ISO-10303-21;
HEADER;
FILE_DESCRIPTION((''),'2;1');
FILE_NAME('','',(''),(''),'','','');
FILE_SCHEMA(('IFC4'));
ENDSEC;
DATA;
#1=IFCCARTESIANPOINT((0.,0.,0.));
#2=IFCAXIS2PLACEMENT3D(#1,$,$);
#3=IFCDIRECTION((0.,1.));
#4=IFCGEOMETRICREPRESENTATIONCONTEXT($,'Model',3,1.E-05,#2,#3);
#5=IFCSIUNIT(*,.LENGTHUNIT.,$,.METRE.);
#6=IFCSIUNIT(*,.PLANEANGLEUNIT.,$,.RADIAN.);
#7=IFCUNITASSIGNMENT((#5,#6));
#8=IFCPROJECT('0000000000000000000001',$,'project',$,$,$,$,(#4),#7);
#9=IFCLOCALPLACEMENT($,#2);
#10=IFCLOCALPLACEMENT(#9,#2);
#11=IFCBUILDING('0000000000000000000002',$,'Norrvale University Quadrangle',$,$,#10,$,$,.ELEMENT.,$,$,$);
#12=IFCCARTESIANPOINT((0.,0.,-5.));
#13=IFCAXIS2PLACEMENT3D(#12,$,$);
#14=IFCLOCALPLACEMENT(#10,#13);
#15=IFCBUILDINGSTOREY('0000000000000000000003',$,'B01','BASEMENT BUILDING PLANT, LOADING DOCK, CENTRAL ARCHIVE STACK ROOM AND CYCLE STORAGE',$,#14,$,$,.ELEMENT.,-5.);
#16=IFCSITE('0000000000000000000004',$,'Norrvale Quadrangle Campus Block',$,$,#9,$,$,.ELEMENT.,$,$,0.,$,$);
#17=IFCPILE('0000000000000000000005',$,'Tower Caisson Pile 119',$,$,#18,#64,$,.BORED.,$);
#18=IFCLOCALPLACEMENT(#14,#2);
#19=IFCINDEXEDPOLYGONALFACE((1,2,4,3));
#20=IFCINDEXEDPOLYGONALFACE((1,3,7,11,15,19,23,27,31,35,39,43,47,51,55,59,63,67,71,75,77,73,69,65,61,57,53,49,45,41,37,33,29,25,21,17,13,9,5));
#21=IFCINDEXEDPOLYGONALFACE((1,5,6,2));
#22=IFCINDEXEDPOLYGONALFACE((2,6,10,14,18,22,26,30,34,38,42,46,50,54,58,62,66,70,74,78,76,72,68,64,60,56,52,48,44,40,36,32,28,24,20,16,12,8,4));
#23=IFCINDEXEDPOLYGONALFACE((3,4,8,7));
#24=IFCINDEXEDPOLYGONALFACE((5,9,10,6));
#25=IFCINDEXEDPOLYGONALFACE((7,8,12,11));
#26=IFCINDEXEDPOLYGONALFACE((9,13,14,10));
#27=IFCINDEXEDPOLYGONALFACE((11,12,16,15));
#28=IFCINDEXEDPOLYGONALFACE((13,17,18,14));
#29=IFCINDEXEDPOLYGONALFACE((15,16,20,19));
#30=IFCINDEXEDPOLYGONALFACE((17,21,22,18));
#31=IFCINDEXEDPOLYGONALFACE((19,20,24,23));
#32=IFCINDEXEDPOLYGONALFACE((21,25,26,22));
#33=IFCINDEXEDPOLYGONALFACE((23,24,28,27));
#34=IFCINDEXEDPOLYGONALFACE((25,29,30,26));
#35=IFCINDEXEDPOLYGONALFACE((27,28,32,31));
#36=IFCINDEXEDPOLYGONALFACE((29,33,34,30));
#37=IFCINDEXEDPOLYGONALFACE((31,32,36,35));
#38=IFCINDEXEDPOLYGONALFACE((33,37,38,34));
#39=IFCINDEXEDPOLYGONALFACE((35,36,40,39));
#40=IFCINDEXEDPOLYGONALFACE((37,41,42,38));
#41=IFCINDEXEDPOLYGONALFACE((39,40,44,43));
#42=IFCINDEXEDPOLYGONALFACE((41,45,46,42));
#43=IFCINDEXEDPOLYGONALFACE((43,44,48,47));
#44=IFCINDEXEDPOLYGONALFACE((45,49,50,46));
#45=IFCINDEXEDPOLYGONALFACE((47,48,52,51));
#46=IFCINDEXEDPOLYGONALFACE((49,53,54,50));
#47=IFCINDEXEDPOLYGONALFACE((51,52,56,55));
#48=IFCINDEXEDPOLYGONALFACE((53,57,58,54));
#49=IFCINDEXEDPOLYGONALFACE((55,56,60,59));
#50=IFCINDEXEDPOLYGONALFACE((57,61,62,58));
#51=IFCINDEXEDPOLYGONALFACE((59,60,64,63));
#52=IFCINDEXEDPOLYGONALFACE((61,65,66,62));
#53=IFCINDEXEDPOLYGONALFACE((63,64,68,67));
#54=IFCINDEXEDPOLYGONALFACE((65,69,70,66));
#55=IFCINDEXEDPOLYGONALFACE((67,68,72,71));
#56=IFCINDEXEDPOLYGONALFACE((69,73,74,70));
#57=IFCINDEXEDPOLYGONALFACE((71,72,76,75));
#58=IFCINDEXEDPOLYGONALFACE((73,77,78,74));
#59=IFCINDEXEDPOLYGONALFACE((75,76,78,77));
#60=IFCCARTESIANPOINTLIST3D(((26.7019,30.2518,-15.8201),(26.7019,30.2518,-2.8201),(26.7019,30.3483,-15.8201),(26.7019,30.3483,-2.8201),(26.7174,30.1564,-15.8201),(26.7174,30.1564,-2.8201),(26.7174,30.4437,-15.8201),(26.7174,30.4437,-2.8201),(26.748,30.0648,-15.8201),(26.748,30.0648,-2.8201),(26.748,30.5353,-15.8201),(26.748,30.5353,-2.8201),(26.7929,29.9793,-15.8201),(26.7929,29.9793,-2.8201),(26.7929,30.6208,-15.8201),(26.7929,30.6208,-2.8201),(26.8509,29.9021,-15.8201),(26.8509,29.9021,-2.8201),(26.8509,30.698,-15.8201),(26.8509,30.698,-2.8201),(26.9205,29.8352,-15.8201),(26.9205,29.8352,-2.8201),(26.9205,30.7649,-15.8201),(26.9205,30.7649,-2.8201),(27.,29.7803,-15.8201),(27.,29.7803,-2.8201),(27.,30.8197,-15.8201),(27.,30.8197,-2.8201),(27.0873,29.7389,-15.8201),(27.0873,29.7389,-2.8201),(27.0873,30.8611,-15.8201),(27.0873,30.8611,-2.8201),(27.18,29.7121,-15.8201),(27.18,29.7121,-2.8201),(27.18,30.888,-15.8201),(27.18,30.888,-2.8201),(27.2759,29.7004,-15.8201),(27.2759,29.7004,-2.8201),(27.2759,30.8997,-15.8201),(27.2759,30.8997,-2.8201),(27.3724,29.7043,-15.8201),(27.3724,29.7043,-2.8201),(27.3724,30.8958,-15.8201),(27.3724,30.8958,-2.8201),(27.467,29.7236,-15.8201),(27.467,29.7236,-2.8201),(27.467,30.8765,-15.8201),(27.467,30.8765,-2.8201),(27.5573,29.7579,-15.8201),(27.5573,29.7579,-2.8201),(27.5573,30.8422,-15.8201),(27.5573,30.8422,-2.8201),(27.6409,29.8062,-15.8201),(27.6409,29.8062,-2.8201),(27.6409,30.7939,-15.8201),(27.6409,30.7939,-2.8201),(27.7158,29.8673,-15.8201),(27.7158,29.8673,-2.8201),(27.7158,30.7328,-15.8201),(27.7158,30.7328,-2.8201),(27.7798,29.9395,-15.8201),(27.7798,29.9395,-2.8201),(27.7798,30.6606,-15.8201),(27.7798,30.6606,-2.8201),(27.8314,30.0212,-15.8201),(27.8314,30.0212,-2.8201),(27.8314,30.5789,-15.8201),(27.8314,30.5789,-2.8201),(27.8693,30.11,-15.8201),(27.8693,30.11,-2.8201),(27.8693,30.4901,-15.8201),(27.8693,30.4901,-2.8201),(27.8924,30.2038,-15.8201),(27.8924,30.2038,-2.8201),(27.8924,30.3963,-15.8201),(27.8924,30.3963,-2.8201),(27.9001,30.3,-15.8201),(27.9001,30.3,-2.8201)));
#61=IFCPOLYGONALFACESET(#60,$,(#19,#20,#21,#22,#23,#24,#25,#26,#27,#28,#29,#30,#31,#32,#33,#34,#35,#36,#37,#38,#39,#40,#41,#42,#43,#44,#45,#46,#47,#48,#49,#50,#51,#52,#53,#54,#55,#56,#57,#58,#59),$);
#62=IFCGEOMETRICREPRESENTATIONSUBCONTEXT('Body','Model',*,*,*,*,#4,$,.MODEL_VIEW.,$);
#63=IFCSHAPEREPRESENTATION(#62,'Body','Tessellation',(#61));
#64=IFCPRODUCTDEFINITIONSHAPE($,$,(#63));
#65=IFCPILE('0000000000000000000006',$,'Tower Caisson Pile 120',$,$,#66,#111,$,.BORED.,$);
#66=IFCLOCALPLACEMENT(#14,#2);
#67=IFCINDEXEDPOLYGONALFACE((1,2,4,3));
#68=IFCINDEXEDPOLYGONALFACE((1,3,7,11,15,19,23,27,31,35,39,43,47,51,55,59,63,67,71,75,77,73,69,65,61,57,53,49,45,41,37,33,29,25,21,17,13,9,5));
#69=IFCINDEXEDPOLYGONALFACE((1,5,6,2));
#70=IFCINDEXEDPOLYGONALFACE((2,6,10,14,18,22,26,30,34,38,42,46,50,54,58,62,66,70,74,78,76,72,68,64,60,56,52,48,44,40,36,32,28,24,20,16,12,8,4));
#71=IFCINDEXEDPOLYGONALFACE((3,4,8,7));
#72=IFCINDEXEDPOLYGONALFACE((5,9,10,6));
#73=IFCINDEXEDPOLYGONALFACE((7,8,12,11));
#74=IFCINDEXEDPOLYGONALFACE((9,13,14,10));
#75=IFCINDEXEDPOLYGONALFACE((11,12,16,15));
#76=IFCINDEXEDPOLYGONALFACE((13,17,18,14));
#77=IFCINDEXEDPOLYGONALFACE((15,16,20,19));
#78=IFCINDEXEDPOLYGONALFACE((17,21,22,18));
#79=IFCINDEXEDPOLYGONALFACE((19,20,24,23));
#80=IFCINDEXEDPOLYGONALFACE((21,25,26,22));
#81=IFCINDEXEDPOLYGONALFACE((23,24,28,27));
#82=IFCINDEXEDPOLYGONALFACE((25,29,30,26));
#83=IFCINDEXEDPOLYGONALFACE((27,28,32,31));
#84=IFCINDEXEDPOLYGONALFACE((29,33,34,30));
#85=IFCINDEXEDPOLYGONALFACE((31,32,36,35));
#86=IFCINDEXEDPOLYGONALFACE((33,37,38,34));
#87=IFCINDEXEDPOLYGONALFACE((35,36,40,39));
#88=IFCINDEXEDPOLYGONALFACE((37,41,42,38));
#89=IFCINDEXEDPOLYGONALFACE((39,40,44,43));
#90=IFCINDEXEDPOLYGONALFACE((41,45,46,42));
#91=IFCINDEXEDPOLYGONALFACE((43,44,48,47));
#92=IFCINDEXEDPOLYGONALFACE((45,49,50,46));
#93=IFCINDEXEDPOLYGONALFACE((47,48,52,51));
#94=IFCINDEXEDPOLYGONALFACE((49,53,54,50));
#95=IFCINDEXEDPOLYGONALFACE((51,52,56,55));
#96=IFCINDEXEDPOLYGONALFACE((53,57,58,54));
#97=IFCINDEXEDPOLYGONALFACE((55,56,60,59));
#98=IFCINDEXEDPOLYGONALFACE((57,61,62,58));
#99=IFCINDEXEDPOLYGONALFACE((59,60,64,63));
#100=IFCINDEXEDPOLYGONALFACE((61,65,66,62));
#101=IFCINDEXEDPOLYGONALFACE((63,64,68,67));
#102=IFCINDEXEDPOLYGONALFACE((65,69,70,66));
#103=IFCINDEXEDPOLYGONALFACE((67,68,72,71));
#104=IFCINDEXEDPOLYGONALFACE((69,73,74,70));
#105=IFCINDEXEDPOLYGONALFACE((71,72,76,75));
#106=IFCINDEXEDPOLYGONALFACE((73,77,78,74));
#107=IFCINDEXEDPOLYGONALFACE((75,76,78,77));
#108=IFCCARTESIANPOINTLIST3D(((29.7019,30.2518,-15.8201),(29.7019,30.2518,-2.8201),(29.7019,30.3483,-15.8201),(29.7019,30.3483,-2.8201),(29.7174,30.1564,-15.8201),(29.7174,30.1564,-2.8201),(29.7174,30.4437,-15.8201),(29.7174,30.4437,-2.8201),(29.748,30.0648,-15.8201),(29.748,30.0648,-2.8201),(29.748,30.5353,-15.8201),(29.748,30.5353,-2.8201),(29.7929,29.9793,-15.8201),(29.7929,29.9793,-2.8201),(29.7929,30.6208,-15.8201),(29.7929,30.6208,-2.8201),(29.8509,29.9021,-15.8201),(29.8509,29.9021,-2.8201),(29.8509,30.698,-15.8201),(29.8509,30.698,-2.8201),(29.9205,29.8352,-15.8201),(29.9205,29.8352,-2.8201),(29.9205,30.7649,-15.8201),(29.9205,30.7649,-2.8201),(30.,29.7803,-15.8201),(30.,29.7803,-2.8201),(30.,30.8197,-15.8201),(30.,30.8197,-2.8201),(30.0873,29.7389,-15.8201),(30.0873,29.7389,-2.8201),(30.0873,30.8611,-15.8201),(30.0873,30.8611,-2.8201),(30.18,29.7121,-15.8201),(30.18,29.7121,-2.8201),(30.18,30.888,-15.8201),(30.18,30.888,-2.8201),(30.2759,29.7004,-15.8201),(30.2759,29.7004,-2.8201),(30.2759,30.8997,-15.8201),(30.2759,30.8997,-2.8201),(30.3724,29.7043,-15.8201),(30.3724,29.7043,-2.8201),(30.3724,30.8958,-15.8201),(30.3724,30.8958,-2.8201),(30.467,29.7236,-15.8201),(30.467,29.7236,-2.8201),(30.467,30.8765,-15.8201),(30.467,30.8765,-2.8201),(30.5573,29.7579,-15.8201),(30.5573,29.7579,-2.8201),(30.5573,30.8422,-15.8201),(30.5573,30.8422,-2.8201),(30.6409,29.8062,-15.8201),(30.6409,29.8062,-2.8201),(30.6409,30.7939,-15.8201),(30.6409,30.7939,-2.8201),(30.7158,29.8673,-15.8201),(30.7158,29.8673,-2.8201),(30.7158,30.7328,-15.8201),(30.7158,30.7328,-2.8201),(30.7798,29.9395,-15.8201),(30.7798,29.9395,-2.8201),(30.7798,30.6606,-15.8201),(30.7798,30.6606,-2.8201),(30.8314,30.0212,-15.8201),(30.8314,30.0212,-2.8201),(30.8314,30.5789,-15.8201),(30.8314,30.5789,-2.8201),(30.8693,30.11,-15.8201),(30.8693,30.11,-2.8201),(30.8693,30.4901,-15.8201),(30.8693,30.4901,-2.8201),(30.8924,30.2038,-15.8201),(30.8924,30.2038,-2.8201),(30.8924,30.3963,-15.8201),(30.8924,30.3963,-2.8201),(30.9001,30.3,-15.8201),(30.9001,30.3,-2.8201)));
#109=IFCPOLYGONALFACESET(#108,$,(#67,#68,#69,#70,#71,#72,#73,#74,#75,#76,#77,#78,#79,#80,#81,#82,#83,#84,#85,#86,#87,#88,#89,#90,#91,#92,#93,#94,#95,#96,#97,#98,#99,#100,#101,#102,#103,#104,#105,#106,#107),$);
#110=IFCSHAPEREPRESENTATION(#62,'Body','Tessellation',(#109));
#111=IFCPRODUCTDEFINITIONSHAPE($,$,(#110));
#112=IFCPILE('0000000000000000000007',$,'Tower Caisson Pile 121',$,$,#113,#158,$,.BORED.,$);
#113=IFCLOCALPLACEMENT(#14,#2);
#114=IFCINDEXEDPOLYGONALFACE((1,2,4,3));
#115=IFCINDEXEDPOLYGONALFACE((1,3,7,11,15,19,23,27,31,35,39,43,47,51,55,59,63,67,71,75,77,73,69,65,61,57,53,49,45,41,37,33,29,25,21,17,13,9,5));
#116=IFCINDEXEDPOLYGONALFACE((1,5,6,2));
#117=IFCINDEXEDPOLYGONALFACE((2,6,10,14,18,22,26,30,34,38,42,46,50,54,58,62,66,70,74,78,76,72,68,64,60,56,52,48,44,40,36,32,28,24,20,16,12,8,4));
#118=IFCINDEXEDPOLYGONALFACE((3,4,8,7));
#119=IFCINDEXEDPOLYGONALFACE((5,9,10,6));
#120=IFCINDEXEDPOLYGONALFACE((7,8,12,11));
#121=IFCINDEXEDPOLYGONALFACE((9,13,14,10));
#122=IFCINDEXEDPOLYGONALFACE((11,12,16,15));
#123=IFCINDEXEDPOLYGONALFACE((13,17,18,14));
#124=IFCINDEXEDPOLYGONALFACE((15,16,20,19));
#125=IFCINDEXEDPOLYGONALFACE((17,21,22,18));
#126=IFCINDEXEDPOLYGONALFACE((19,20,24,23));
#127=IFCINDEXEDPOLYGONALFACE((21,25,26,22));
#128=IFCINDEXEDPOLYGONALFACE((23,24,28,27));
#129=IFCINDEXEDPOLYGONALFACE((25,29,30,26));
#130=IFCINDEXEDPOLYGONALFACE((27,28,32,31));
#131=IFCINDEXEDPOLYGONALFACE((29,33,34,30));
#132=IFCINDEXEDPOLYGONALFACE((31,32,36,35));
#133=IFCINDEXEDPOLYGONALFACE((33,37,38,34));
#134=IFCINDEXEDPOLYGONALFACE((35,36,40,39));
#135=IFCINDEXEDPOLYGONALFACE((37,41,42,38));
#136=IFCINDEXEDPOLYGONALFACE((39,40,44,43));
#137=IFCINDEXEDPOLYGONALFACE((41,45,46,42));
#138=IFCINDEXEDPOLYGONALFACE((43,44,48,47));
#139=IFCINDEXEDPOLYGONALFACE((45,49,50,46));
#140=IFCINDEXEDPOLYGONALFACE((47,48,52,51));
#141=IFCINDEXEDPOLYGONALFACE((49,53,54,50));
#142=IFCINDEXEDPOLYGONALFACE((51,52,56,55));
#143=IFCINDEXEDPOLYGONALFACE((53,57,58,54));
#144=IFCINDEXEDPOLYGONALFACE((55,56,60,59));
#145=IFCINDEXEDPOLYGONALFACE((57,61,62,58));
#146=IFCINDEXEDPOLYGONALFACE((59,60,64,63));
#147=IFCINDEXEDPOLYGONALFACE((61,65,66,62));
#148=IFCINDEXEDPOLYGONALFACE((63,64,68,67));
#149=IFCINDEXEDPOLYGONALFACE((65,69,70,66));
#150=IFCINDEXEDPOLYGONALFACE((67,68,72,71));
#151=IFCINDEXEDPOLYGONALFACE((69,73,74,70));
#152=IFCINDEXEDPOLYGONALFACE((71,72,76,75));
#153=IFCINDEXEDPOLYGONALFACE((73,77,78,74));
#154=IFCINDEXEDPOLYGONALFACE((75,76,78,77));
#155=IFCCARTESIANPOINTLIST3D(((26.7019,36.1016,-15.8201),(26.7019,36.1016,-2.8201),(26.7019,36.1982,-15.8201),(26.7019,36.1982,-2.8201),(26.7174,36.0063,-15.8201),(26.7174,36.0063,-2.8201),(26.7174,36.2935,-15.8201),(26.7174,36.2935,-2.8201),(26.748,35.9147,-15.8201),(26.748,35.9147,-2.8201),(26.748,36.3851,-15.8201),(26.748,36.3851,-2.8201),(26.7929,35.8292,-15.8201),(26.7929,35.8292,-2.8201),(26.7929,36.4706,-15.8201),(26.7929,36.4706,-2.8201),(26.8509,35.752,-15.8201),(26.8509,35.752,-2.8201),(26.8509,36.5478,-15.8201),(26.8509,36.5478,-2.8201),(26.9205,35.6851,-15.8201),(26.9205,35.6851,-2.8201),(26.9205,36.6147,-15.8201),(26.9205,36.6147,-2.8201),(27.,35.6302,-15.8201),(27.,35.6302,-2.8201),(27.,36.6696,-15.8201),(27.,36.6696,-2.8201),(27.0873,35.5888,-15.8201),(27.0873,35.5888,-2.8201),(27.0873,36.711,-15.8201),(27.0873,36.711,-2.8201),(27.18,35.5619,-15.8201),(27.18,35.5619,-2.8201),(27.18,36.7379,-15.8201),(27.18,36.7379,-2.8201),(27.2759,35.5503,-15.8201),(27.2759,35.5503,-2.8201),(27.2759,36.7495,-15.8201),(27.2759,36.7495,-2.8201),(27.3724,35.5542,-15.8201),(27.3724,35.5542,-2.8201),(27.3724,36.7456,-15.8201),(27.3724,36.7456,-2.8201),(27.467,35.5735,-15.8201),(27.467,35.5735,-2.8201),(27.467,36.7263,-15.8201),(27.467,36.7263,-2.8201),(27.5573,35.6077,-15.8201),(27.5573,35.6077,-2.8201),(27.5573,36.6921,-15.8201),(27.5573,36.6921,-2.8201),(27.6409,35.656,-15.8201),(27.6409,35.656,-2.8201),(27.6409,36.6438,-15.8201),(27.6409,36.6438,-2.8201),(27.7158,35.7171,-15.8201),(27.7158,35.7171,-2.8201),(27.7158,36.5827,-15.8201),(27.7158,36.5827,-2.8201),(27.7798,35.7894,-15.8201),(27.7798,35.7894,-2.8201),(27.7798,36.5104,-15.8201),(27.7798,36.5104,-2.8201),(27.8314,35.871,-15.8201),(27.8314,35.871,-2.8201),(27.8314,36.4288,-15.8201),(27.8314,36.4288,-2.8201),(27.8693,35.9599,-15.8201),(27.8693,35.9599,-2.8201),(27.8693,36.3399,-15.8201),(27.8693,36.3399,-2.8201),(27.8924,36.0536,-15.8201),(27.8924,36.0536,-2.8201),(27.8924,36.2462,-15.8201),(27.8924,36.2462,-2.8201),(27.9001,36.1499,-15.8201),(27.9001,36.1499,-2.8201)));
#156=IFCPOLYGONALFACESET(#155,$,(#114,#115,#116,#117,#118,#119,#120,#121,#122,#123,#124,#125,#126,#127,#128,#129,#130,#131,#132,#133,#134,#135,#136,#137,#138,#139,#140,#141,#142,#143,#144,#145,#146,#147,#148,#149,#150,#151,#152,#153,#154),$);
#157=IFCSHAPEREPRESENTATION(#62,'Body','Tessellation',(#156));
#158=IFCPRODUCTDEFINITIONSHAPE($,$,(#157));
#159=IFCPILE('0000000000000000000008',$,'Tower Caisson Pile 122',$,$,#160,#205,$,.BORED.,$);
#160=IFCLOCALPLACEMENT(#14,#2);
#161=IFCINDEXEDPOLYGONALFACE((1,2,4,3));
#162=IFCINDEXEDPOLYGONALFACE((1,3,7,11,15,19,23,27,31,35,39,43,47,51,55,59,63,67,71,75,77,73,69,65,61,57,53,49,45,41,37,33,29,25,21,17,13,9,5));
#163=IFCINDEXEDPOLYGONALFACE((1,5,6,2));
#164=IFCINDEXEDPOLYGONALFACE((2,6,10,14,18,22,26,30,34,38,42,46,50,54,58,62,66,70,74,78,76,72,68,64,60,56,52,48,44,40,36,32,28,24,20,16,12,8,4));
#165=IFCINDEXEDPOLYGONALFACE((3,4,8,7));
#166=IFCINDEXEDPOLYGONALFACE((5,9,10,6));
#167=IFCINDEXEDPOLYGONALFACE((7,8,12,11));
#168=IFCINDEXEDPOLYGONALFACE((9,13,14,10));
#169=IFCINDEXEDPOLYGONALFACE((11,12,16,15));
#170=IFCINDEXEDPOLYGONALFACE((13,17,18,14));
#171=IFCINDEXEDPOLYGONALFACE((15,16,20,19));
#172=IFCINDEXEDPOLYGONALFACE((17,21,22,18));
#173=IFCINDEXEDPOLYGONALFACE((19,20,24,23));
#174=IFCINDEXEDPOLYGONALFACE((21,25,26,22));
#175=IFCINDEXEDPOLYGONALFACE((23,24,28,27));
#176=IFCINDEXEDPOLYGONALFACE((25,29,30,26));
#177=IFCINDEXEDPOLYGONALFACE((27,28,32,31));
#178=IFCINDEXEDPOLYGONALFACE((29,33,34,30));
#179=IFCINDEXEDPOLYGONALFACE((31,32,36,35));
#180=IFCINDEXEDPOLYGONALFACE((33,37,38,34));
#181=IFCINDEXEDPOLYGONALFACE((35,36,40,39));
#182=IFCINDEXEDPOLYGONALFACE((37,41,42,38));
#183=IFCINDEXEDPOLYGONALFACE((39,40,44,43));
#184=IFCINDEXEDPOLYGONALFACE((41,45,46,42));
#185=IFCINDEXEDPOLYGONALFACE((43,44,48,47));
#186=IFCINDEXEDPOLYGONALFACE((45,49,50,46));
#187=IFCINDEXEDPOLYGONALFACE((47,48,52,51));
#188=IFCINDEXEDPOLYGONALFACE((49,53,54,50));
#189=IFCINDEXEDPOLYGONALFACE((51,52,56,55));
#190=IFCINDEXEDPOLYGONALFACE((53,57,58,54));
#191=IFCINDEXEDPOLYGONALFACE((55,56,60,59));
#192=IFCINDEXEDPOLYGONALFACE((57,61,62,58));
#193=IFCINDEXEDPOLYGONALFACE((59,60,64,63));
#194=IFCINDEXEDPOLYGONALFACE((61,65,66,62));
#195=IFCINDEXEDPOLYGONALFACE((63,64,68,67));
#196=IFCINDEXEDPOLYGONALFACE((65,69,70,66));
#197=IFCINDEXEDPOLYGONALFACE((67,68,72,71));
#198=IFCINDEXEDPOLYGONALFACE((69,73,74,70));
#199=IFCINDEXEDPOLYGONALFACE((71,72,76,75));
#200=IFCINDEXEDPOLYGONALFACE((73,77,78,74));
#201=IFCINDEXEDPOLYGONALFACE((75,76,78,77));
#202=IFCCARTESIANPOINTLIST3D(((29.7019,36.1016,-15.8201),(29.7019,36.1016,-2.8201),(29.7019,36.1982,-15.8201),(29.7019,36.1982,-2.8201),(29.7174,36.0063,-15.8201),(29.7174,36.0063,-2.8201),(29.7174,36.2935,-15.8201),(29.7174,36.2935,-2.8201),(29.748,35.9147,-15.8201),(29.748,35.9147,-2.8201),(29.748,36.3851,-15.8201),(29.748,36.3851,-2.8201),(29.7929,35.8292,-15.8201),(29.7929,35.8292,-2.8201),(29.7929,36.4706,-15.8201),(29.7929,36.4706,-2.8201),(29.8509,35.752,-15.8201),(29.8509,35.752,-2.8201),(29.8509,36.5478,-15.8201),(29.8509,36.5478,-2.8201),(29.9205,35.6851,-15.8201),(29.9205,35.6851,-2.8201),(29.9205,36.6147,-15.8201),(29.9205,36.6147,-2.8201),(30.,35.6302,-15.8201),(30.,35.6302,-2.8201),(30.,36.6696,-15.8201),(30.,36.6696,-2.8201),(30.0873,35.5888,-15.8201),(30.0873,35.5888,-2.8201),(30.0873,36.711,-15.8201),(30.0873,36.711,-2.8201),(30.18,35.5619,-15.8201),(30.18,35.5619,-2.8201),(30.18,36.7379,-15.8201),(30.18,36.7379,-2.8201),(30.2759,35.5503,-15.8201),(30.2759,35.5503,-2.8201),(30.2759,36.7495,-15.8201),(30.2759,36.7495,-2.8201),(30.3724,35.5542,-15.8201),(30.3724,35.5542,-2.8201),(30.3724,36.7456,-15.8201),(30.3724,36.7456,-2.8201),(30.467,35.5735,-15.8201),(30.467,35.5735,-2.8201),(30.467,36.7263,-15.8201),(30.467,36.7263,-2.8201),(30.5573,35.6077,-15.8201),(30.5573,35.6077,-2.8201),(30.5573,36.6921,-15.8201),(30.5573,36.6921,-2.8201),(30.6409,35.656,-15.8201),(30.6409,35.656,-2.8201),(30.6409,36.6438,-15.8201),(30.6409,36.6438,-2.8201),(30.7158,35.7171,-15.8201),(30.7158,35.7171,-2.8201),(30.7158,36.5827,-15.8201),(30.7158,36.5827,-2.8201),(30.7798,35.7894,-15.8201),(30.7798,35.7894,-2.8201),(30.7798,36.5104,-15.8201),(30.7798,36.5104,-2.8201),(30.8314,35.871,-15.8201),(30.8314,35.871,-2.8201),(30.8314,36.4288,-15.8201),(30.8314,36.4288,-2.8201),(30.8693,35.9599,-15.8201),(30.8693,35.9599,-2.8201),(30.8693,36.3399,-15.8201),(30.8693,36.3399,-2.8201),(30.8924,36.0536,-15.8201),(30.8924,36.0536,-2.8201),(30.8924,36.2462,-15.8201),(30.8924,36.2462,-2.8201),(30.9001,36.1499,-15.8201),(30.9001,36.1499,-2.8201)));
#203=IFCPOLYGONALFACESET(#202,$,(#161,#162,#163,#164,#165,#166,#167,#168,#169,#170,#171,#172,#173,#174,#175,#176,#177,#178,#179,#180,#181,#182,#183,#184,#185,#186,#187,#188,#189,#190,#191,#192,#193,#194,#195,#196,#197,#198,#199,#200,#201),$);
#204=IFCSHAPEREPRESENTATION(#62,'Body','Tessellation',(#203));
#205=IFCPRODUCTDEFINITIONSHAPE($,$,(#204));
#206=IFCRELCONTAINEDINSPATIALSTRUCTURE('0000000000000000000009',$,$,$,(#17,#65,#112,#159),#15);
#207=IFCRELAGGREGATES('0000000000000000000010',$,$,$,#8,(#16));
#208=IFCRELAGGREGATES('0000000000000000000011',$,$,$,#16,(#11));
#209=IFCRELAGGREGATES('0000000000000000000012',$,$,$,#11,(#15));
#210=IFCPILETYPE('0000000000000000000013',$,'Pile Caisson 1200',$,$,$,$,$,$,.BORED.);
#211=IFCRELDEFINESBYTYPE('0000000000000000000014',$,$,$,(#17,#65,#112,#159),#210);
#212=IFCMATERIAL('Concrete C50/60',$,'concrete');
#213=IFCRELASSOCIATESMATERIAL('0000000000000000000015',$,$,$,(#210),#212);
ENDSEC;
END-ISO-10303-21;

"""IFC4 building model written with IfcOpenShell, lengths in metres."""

from ifc_helpers import new_model, si_unit, direction, frame, origin, origin_2d, place, context, subcontext, project, spatial, circle, extrude, material, material_profile, profile_set, type_object, element, save


model = new_model("IFC4")

# Units and contexts
model_context = context("Model", 3, precision=1e-05, world=origin(), true_north=direction((0.0, 1.0)))
body_context = subcontext(model_context, "Body", "Model", "MODEL_VIEW")
ifc_project = project(units=[si_unit("LENGTHUNIT", "METRE"), si_unit("PLANEANGLEUNIT", "RADIAN")], contexts=[model_context])

# Site, building, storey
site_placement = place(None, origin())
site = spatial("IfcSite", under=ifc_project, at=site_placement, Name="Norrvale Quadrangle Campus Block", CompositionType="ELEMENT", RefElevation=0.0)
building_placement = place(site_placement, origin())
building = spatial("IfcBuilding", under=site, at=building_placement, Name="Norrvale University Quadrangle", CompositionType="ELEMENT")
storey_placement = place(building_placement, frame((0.0, 0.0, -5.0)))
storey = spatial("IfcBuildingStorey", under=building, at=storey_placement, Name="B01", Description="BASEMENT BUILDING PLANT, LOADING DOCK, CENTRAL ARCHIVE STACK ROOM AND CYCLE STORAGE", CompositionType="ELEMENT", Elevation=-5.0)

# Shared definitions
ifc_material_1 = material(Name="Concrete C50/60", Category="concrete")

# Piles
ifc_material_profile_1 = material_profile(ifc_material_1, circle(Radius=0.6001, at=origin_2d()), Name="Concrete C50/60")
ifc_profile_set_1 = profile_set([ifc_material_profile_1], Name="Concrete C50/60")
pile_type_1 = type_object("IfcPileType", Name="Pile Caisson 1200", PredefinedType="BORED", material=ifc_profile_set_1)
for number, where, z_axis, x_axis, name in (
    (1, (27.3, 30.3, -2.8201), (0.0, 0.0, -1.0), (1.0, 0.0, 0.0), "Tower Caisson Pile 119"),
    (2, (30.3, 30.3, -2.8201), (0.0, 0.0, -1.0), (1.0, 0.0, 0.0), "Tower Caisson Pile 120"),
    (3, (27.3, 36.1499, -2.8201), (0.0, 0.0, -1.0), (1.0, 0.0, 0.0), "Tower Caisson Pile 121"),
    (4, (30.3, 36.1499, -2.8201), (0.0, 0.0, -1.0), (1.0, 0.0, 0.0), "Tower Caisson Pile 122"),
):
    element("IfcPile", number, at=place(storey_placement, frame(where, z_axis=z_axis, x_axis=x_axis)), inside=storey, type_object=pile_type_1, Name=name, PredefinedType="BORED", context=body_context, shape_type="SweptSolid", body=[
        extrude(circle(Radius=0.6001, at=origin_2d()), origin(), (0.0, 0.0, 1.0), 13.0),
    ])

save(model, "model.ifc")
